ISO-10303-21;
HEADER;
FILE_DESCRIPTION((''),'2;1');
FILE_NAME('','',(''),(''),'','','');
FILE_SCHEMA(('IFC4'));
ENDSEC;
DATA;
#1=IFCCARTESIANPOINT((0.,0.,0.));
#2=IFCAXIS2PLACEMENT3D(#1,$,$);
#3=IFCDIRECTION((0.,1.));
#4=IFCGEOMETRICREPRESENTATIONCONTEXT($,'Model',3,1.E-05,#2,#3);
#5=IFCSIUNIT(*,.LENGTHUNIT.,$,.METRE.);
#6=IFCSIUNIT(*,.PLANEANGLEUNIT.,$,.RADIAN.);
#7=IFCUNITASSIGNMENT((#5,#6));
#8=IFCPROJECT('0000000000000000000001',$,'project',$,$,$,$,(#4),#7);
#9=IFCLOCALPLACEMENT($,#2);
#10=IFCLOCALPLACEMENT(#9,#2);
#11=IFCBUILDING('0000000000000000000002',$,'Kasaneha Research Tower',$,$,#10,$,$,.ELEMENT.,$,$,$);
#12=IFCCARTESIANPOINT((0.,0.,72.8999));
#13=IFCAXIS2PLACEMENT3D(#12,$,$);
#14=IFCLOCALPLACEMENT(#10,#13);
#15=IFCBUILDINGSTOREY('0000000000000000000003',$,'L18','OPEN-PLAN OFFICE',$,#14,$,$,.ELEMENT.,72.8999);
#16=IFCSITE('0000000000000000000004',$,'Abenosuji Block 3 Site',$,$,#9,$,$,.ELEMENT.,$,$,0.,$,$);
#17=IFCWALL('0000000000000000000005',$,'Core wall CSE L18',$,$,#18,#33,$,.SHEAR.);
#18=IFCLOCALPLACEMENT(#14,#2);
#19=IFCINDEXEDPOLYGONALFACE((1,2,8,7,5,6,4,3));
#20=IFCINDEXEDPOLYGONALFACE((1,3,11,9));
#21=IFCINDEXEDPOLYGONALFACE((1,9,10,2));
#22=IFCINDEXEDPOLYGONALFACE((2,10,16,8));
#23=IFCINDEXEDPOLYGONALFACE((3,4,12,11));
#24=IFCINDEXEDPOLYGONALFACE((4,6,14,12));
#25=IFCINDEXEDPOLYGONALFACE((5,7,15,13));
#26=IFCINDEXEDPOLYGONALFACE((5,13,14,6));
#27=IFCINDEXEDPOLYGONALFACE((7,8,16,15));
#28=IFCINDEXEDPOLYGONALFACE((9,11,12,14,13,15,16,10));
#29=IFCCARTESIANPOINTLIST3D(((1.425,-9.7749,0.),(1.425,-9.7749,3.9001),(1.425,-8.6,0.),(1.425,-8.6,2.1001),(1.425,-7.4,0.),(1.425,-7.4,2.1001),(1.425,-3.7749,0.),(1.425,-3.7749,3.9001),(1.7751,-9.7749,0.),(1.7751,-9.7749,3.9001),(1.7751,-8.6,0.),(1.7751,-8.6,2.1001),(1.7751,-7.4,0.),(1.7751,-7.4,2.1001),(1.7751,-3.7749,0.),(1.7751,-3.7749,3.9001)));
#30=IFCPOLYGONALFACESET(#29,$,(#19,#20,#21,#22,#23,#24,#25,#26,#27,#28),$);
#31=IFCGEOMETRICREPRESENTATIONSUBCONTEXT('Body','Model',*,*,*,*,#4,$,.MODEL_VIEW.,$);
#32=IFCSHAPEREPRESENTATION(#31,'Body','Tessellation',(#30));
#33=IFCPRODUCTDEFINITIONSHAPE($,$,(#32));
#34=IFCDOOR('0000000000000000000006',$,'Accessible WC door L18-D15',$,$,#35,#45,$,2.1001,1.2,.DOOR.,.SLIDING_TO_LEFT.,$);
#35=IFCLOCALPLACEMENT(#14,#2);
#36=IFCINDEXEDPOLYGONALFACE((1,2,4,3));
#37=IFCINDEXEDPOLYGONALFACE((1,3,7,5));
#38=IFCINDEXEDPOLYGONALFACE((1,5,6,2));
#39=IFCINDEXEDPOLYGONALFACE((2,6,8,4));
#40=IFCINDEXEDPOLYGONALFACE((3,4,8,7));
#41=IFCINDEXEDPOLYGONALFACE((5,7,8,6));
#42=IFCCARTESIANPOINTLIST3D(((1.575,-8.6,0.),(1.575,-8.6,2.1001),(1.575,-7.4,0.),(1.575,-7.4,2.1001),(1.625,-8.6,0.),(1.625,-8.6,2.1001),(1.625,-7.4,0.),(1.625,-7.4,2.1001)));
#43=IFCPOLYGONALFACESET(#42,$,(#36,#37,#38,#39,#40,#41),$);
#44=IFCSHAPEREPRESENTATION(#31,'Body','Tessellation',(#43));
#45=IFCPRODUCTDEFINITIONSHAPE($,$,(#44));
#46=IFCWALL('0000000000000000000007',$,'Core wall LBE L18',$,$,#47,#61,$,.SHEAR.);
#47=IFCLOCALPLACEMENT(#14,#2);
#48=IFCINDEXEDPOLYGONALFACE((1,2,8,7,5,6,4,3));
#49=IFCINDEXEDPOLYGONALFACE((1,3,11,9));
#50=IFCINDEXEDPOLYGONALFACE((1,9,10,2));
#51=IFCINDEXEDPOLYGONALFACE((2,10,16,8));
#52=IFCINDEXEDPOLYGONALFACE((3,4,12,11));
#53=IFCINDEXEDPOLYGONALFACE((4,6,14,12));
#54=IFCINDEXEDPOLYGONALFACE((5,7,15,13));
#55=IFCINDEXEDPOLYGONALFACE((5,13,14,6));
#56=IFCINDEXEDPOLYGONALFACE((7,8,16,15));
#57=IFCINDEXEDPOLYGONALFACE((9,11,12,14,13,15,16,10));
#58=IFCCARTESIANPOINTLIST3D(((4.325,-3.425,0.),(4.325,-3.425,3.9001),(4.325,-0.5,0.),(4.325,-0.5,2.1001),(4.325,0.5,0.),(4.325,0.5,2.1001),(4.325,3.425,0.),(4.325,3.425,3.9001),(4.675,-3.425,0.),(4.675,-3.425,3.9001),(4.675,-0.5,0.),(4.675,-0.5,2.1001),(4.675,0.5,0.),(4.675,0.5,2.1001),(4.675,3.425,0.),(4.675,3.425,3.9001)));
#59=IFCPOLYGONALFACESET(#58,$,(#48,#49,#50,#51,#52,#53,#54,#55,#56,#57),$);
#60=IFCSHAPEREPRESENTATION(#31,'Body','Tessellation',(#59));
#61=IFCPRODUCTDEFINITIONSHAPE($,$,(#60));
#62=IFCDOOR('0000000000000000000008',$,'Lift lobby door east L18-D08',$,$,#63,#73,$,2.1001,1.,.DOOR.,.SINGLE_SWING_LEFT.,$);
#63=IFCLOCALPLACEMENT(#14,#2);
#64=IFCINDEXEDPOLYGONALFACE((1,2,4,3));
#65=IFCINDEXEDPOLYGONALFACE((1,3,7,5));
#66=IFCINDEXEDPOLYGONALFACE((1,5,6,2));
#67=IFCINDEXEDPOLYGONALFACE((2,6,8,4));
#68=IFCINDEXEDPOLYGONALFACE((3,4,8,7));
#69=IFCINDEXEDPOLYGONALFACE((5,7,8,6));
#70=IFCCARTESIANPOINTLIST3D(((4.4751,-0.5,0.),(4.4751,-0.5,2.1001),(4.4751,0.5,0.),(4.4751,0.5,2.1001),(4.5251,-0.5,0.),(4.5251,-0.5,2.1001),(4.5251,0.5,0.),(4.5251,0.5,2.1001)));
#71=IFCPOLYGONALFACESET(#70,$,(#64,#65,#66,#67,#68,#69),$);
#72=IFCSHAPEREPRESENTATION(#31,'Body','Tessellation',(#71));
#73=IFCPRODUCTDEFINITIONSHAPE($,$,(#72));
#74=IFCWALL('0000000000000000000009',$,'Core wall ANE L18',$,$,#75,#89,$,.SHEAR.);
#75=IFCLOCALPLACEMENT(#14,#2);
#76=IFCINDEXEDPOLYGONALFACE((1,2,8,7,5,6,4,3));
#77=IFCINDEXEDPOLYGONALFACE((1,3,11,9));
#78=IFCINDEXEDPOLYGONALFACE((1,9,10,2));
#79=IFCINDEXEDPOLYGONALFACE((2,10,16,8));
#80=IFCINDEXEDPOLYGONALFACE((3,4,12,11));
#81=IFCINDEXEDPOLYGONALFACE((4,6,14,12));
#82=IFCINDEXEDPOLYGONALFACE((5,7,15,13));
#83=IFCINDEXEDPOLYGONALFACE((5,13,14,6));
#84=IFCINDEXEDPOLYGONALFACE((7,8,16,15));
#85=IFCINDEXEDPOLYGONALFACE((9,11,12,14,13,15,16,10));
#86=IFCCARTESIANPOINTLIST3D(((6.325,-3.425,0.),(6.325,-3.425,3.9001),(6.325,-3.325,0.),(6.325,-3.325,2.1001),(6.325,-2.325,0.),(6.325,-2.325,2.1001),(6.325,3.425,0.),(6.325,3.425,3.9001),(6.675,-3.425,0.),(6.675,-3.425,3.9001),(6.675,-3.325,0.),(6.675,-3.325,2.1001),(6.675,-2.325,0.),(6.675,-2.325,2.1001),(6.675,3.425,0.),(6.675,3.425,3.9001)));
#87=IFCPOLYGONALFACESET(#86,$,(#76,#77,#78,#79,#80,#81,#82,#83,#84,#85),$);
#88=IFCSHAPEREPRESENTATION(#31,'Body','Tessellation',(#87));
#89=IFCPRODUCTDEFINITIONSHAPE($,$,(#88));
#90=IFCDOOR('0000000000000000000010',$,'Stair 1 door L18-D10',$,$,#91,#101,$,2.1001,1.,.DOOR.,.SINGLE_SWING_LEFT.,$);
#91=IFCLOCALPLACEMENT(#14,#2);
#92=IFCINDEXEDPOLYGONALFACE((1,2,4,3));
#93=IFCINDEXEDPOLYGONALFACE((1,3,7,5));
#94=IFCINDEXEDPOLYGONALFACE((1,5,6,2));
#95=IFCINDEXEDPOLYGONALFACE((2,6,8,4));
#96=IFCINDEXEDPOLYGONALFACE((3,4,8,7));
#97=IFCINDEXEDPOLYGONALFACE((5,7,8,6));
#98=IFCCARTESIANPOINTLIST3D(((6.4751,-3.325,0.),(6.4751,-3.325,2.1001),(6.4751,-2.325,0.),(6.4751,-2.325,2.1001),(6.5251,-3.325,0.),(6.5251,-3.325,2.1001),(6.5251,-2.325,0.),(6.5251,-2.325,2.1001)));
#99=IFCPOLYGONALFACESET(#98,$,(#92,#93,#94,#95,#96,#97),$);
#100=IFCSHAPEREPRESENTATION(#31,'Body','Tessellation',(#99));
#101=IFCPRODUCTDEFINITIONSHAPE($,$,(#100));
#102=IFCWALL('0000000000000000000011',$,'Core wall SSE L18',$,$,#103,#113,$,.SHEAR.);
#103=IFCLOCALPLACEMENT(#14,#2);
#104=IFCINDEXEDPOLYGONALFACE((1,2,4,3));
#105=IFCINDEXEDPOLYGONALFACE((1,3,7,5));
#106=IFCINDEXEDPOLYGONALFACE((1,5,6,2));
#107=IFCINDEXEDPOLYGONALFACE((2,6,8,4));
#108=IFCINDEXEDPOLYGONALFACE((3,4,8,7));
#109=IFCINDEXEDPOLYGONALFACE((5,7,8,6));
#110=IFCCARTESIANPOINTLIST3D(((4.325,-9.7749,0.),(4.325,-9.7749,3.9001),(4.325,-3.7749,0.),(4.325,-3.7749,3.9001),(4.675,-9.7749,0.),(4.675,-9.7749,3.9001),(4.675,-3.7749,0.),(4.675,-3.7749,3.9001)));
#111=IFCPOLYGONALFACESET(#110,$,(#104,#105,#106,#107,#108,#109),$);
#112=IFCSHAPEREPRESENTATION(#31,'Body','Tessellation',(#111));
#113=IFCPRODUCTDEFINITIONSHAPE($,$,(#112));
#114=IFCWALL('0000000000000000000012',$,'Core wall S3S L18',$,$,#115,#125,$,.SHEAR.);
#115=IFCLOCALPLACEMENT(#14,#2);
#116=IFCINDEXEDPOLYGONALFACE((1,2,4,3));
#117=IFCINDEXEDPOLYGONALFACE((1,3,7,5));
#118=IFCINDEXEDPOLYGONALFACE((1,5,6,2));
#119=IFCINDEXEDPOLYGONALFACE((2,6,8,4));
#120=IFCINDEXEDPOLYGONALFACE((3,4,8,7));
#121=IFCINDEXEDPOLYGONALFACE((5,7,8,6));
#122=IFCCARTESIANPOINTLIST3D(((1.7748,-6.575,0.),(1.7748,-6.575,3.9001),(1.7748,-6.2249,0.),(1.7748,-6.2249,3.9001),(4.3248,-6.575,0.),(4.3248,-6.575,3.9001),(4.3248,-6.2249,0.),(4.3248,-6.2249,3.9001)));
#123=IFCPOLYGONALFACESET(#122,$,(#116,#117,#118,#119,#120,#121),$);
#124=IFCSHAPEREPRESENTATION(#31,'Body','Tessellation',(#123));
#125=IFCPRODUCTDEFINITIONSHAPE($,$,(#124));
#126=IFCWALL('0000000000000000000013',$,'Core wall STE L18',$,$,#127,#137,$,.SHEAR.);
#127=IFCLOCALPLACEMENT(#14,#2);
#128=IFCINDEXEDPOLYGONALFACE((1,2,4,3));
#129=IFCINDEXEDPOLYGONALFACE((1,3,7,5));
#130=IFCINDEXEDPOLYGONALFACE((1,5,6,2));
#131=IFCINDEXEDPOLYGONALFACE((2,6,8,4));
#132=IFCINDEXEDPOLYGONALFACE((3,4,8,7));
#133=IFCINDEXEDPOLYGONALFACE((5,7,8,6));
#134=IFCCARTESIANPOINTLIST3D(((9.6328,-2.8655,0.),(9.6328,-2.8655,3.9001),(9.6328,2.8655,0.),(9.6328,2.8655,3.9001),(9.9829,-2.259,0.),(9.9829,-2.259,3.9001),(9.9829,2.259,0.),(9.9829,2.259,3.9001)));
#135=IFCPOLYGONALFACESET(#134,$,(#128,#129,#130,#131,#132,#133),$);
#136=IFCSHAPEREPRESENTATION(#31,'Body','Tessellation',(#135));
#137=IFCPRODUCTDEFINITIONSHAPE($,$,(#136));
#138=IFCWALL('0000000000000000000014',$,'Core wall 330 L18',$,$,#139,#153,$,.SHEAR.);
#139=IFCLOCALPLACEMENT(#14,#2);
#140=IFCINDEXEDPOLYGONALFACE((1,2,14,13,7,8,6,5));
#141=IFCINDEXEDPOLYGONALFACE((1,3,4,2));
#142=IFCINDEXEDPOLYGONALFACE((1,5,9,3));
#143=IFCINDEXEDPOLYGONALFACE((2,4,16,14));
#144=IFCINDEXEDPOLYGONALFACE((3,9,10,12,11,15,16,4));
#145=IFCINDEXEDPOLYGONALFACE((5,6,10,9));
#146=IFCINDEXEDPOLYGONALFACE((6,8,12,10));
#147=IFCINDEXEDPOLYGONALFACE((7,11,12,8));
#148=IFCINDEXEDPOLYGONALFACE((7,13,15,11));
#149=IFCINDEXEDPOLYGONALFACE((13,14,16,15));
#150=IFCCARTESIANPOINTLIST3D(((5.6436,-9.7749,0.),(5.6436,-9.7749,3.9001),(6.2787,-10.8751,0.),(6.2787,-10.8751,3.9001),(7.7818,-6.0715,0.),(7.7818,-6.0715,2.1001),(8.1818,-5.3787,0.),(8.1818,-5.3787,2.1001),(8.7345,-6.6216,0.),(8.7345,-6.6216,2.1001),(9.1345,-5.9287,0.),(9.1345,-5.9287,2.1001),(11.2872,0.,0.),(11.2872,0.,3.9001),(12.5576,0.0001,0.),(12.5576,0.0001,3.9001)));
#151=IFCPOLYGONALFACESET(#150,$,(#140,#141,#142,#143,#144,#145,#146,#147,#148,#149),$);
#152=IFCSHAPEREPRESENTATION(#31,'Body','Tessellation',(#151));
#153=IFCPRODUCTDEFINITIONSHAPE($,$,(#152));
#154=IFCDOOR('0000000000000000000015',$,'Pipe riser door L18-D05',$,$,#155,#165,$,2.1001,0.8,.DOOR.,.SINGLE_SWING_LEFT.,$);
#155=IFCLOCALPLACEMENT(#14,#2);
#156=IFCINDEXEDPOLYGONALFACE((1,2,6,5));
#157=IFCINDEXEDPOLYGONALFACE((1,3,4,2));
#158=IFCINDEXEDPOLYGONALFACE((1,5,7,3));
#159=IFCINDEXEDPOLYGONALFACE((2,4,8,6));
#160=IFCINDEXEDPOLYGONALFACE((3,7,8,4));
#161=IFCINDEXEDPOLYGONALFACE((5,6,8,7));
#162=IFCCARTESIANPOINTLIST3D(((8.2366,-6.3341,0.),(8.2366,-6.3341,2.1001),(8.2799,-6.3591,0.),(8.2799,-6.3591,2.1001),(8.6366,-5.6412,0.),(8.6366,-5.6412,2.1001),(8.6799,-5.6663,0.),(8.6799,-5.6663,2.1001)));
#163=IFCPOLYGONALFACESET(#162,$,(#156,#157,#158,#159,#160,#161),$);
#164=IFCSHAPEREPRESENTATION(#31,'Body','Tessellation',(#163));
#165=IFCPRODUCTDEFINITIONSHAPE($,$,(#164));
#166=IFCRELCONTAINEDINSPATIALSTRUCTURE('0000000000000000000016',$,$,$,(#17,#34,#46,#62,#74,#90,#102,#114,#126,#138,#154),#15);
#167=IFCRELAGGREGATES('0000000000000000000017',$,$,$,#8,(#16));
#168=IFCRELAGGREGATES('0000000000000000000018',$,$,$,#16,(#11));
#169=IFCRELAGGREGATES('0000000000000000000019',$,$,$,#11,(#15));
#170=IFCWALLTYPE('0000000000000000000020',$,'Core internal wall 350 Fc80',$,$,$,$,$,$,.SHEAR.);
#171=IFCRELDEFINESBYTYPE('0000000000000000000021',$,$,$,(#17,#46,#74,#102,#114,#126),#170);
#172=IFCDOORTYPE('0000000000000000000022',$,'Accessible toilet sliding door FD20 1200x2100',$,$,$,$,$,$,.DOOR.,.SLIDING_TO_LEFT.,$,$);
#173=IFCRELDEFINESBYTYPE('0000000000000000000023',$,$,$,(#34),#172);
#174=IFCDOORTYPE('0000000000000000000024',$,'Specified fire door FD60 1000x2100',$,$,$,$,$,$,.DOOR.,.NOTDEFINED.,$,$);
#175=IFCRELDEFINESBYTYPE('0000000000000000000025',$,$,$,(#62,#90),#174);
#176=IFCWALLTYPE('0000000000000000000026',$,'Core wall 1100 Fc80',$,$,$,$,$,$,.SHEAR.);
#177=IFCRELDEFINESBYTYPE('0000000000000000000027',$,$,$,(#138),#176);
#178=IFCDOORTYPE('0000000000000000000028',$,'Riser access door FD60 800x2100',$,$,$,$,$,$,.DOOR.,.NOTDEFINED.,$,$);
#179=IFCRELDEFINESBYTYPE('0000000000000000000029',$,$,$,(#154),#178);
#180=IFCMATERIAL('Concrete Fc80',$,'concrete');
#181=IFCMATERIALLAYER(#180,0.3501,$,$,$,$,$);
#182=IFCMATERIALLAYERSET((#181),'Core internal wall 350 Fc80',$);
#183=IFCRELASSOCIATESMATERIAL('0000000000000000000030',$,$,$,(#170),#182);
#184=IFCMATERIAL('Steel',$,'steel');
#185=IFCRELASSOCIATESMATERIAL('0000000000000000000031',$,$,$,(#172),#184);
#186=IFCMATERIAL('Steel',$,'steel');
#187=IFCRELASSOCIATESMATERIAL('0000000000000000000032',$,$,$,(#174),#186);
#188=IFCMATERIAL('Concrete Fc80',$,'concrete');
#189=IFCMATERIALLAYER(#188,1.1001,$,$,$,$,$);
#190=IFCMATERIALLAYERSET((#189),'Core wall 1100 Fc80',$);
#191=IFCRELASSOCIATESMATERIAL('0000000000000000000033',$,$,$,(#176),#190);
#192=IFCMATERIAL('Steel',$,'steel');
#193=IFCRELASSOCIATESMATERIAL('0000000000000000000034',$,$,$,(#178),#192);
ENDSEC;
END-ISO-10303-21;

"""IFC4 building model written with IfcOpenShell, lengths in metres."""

from ifc_helpers import new_model, si_unit, direction, frame, frame_2d, origin, place, context, subcontext, project, spatial, polyline, rectangle, outline, extrude, material, layer, layer_set, type_object, element, fill, save


model = new_model("IFC4")

# Units and contexts
model_context = context("Model", 3, precision=1e-05, world=origin(), true_north=direction((0.0, 1.0)))
body_context = subcontext(model_context, "Body", "Model", "MODEL_VIEW")
ifc_project = project(units=[si_unit("LENGTHUNIT", "METRE"), si_unit("PLANEANGLEUNIT", "RADIAN")], contexts=[model_context])

# Site, building, storey
site_placement = place(None, origin())
site = spatial("IfcSite", under=ifc_project, at=site_placement, Name="Abenosuji Block 3 Site", CompositionType="ELEMENT", RefElevation=0.0)
building_placement = place(site_placement, origin())
building = spatial("IfcBuilding", under=site, at=building_placement, Name="Kasaneha Research Tower", CompositionType="ELEMENT")
storey_placement = place(building_placement, frame((0.0, 0.0, 72.8999)))
storey = spatial("IfcBuildingStorey", under=building, at=storey_placement, Name="L18", Description="OPEN-PLAN OFFICE", CompositionType="ELEMENT", Elevation=72.8999)

# Walls, openings, doors
ifc_material_1 = material(Name="Concrete Fc80", Category="concrete")
ifc_layer_1 = layer(ifc_material_1, 0.3501)
ifc_layer_set_1 = layer_set([ifc_layer_1], Name="Core internal wall 350 Fc80")
wall_type_1 = type_object("IfcWallType", Name="Core internal wall 350 Fc80", PredefinedType="SHEAR", material=ifc_layer_set_1)
wall_1_placement = place(storey_placement, frame((1.6001, -3.7749, 0.0), z_axis=(0.0, 0.0, 1.0), x_axis=(0.0, -1.0, 0.0)))
wall_1 = element("IfcWall", 1, at=wall_1_placement, inside=storey, type_object=wall_type_1, Name="Core wall CSE L18", PredefinedType="SHEAR", context=body_context, shape_type="SweptSolid", body=[
    extrude(rectangle(XDim=6.0, YDim=0.3501, at=frame_2d((3.0, 0.0))), origin(), (0.0, 0.0, 1.0), 3.9001),
])
opening_1_placement = place(wall_1_placement, frame((3.625, 0.0, 0.0)))
opening_1 = element("IfcOpeningElement", 2, at=opening_1_placement, cuts=wall_1, PredefinedType="OPENING", context=body_context, shape_type="SweptSolid", body=[
    extrude(rectangle(XDim=1.2, YDim=2.1001, at=frame_2d((0.6001, 1.05))), frame((0.0, 0.1851, 0.0), z_axis=(0.0, -1.0, 0.0), x_axis=(1.0, 0.0, 0.0)), (0.0, 0.0, 1.0), 0.3701),
])
ifc_material_2 = material(Name="Steel", Category="steel")
door_type_1 = type_object("IfcDoorType", Name="Accessible toilet sliding door FD20 1200x2100", OperationType="SLIDING_TO_LEFT", PredefinedType="DOOR", material=ifc_material_2)
door_1_placement = place(opening_1_placement, origin())
door_1 = element("IfcDoor", 3, at=door_1_placement, inside=storey, type_object=door_type_1, Name="Accessible WC door L18-D15", OperationType="SLIDING_TO_LEFT", OverallHeight=2.1001, OverallWidth=1.2, PredefinedType="DOOR", context=body_context, shape_type="SweptSolid", body=[
    extrude(rectangle(XDim=1.2, YDim=2.1001, at=frame_2d((0.6001, 1.05))), frame((0.0, 0.0249, 0.0), z_axis=(0.0, -1.0, 0.0), x_axis=(1.0, 0.0, 0.0)), (0.0, 0.0, 1.0), 0.05),
])
fill(opening_1, door_1)
wall_2_placement = place(storey_placement, frame((4.5, -3.425, 0.0), z_axis=(0.0, 0.0, 1.0), x_axis=(0.0, 1.0, 0.0)))
wall_2 = element("IfcWall", 4, at=wall_2_placement, inside=storey, type_object=wall_type_1, Name="Core wall LBE L18", PredefinedType="SHEAR", context=body_context, shape_type="SweptSolid", body=[
    extrude(rectangle(XDim=6.8501, YDim=0.3501, at=frame_2d((3.425, 0.0))), origin(), (0.0, 0.0, 1.0), 3.9001),
])
opening_2_placement = place(wall_2_placement, frame((2.925, 0.0, 0.0)))
opening_2 = element("IfcOpeningElement", 5, at=opening_2_placement, cuts=wall_2, PredefinedType="OPENING", context=body_context, shape_type="SweptSolid", body=[
    extrude(rectangle(XDim=1.0, YDim=2.1001, at=frame_2d((0.5, 1.05))), frame((0.0, 0.1851, 0.0), z_axis=(0.0, -1.0, 0.0), x_axis=(1.0, 0.0, 0.0)), (0.0, 0.0, 1.0), 0.3701),
])
ifc_material_3 = material(Name="Steel", Category="steel")
door_type_2 = type_object("IfcDoorType", Name="Specified fire door FD60 1000x2100", OperationType="NOTDEFINED", PredefinedType="DOOR", material=ifc_material_3)
door_2_placement = place(opening_2_placement, origin())
door_2 = element("IfcDoor", 6, at=door_2_placement, inside=storey, type_object=door_type_2, Name="Lift lobby door east L18-D08", OperationType="SINGLE_SWING_LEFT", OverallHeight=2.1001, OverallWidth=1.0, PredefinedType="DOOR", context=body_context, shape_type="SweptSolid", body=[
    extrude(rectangle(XDim=1.0, YDim=2.1001, at=frame_2d((0.5, 1.05))), frame((0.0, 0.0249, 0.0), z_axis=(0.0, -1.0, 0.0), x_axis=(1.0, 0.0, 0.0)), (0.0, 0.0, 1.0), 0.05),
])
fill(opening_2, door_2)
wall_3_placement = place(storey_placement, frame((6.5, -3.425, 0.0), z_axis=(0.0, 0.0, 1.0), x_axis=(0.0, 1.0, 0.0)))
wall_3 = element("IfcWall", 7, at=wall_3_placement, inside=storey, type_object=wall_type_1, Name="Core wall ANE L18", PredefinedType="SHEAR", context=body_context, shape_type="SweptSolid", body=[
    extrude(rectangle(XDim=6.8501, YDim=0.3501, at=frame_2d((3.425, 0.0))), origin(), (0.0, 0.0, 1.0), 3.9001),
])
opening_3_placement = place(wall_3_placement, frame((0.1001, 0.0, 0.0)))
opening_3 = element("IfcOpeningElement", 8, at=opening_3_placement, cuts=wall_3, PredefinedType="OPENING", context=body_context, shape_type="SweptSolid", body=[
    extrude(rectangle(XDim=1.0, YDim=2.1001, at=frame_2d((0.5, 1.05))), frame((0.0, 0.1851, 0.0), z_axis=(0.0, -1.0, 0.0), x_axis=(1.0, 0.0, 0.0)), (0.0, 0.0, 1.0), 0.3701),
])
door_3_placement = place(opening_3_placement, origin())
door_3 = element("IfcDoor", 9, at=door_3_placement, inside=storey, type_object=door_type_2, Name="Stair 1 door L18-D10", OperationType="SINGLE_SWING_LEFT", OverallHeight=2.1001, OverallWidth=1.0, PredefinedType="DOOR", context=body_context, shape_type="SweptSolid", body=[
    extrude(rectangle(XDim=1.0, YDim=2.1001, at=frame_2d((0.5, 1.05))), frame((0.0, 0.0249, 0.0), z_axis=(0.0, -1.0, 0.0), x_axis=(1.0, 0.0, 0.0)), (0.0, 0.0, 1.0), 0.05),
])
fill(opening_3, door_3)

# Walls
wall_4_placement = place(storey_placement, frame((4.5, -3.7749, 0.0), z_axis=(0.0, 0.0, 1.0), x_axis=(0.0, -1.0, 0.0)))
element("IfcWall", 10, at=wall_4_placement, inside=storey, type_object=wall_type_1, Name="Core wall SSE L18", PredefinedType="SHEAR", context=body_context, shape_type="SweptSolid", body=[
    extrude(rectangle(XDim=6.0, YDim=0.3501, at=frame_2d((3.0, 0.0))), origin(), (0.0, 0.0, 1.0), 3.9001),
])
wall_5_placement = place(storey_placement, frame((1.7749, -6.3999, 0.0), z_axis=(0.0, 0.0, 1.0), x_axis=(1.0, 0.0, 0.0)))
element("IfcWall", 11, at=wall_5_placement, inside=storey, type_object=wall_type_1, Name="Core wall S3S L18", PredefinedType="SHEAR", context=body_context, shape_type="SweptSolid", body=[
    extrude(rectangle(XDim=2.55, YDim=0.3501, at=frame_2d((1.2749, 0.0))), origin(), (0.0, 0.0, 1.0), 3.9001),
])
wall_6_placement = place(storey_placement, frame((9.8079, -2.5623, 0.0), z_axis=(0.0, 0.0, 1.0), x_axis=(0.0, 1.0, 0.0)))
element("IfcWall", 12, at=wall_6_placement, inside=storey, type_object=wall_type_1, Name="Core wall STE L18", PredefinedType="SHEAR", context=body_context, shape_type="SweptSolid", body=[
    extrude(outline(polyline([(0.3032, -0.175), (4.8213, -0.175), (5.4277, 0.175), (-0.3032, 0.175), (0.3032, -0.175)])), origin(), (0.0, 0.0, 1.0), 3.9001),
])

# Wall, opening, door
ifc_material_4 = material(Name="Concrete Fc80", Category="concrete")
ifc_layer_2 = layer(ifc_material_4, 1.1001)
ifc_layer_set_2 = layer_set([ifc_layer_2], Name="Core wall 1100 Fc80")
wall_type_2 = type_object("IfcWallType", Name="Core wall 1100 Fc80", PredefinedType="SHEAR", material=ifc_layer_set_2)
wall_7_placement = place(storey_placement, frame((5.9612, -10.325, 0.0), z_axis=(0.0, 0.0, 1.0), x_axis=(0.500004, 0.866023, 0.0)))
wall_7 = element("IfcWall", 13, at=wall_7_placement, inside=storey, type_object=wall_type_2, Name="Core wall 330 L18", PredefinedType="SHEAR", context=body_context, shape_type="SweptSolid", body=[
    extrude(outline(polyline([(-0.3176, -0.55), (4.594, -0.55), (5.394, -0.55), (12.24, -0.55), (11.6047, 0.55), (5.394, 0.55), (4.594, 0.55), (0.3176, 0.55), (-0.3176, -0.55)])), origin(), (0.0, 0.0, 1.0), 3.9001),
])
opening_4_placement = place(wall_7_placement, frame((4.594, 0.0, 0.0)))
opening_4 = element("IfcOpeningElement", 14, at=opening_4_placement, cuts=wall_7, PredefinedType="OPENING", context=body_context, shape_type="SweptSolid", body=[
    extrude(rectangle(XDim=0.8, YDim=2.1001, at=frame_2d((0.3999, 1.05))), frame((0.0, 0.5601, 0.0), z_axis=(0.0, -1.0, 0.0), x_axis=(1.0, 0.0, 0.0)), (0.0, 0.0, 1.0), 1.1201),
])
ifc_material_5 = material(Name="Steel", Category="steel")
door_type_3 = type_object("IfcDoorType", Name="Riser access door FD60 800x2100", OperationType="NOTDEFINED", PredefinedType="DOOR", material=ifc_material_5)
door_4_placement = place(opening_4_placement, origin())
door_4 = element("IfcDoor", 15, at=door_4_placement, inside=storey, type_object=door_type_3, Name="Pipe riser door L18-D05", OperationType="SINGLE_SWING_LEFT", OverallHeight=2.1001, OverallWidth=0.8, PredefinedType="DOOR", context=body_context, shape_type="SweptSolid", body=[
    extrude(rectangle(XDim=0.8, YDim=2.1001, at=frame_2d((0.3999, 1.05))), frame((0.0, 0.0249, 0.0), z_axis=(0.0, -1.0, 0.0), x_axis=(1.0, 0.0, 0.0)), (0.0, 0.0, 1.0), 0.05),
])
fill(opening_4, door_4)

save(model, "model.ifc")
